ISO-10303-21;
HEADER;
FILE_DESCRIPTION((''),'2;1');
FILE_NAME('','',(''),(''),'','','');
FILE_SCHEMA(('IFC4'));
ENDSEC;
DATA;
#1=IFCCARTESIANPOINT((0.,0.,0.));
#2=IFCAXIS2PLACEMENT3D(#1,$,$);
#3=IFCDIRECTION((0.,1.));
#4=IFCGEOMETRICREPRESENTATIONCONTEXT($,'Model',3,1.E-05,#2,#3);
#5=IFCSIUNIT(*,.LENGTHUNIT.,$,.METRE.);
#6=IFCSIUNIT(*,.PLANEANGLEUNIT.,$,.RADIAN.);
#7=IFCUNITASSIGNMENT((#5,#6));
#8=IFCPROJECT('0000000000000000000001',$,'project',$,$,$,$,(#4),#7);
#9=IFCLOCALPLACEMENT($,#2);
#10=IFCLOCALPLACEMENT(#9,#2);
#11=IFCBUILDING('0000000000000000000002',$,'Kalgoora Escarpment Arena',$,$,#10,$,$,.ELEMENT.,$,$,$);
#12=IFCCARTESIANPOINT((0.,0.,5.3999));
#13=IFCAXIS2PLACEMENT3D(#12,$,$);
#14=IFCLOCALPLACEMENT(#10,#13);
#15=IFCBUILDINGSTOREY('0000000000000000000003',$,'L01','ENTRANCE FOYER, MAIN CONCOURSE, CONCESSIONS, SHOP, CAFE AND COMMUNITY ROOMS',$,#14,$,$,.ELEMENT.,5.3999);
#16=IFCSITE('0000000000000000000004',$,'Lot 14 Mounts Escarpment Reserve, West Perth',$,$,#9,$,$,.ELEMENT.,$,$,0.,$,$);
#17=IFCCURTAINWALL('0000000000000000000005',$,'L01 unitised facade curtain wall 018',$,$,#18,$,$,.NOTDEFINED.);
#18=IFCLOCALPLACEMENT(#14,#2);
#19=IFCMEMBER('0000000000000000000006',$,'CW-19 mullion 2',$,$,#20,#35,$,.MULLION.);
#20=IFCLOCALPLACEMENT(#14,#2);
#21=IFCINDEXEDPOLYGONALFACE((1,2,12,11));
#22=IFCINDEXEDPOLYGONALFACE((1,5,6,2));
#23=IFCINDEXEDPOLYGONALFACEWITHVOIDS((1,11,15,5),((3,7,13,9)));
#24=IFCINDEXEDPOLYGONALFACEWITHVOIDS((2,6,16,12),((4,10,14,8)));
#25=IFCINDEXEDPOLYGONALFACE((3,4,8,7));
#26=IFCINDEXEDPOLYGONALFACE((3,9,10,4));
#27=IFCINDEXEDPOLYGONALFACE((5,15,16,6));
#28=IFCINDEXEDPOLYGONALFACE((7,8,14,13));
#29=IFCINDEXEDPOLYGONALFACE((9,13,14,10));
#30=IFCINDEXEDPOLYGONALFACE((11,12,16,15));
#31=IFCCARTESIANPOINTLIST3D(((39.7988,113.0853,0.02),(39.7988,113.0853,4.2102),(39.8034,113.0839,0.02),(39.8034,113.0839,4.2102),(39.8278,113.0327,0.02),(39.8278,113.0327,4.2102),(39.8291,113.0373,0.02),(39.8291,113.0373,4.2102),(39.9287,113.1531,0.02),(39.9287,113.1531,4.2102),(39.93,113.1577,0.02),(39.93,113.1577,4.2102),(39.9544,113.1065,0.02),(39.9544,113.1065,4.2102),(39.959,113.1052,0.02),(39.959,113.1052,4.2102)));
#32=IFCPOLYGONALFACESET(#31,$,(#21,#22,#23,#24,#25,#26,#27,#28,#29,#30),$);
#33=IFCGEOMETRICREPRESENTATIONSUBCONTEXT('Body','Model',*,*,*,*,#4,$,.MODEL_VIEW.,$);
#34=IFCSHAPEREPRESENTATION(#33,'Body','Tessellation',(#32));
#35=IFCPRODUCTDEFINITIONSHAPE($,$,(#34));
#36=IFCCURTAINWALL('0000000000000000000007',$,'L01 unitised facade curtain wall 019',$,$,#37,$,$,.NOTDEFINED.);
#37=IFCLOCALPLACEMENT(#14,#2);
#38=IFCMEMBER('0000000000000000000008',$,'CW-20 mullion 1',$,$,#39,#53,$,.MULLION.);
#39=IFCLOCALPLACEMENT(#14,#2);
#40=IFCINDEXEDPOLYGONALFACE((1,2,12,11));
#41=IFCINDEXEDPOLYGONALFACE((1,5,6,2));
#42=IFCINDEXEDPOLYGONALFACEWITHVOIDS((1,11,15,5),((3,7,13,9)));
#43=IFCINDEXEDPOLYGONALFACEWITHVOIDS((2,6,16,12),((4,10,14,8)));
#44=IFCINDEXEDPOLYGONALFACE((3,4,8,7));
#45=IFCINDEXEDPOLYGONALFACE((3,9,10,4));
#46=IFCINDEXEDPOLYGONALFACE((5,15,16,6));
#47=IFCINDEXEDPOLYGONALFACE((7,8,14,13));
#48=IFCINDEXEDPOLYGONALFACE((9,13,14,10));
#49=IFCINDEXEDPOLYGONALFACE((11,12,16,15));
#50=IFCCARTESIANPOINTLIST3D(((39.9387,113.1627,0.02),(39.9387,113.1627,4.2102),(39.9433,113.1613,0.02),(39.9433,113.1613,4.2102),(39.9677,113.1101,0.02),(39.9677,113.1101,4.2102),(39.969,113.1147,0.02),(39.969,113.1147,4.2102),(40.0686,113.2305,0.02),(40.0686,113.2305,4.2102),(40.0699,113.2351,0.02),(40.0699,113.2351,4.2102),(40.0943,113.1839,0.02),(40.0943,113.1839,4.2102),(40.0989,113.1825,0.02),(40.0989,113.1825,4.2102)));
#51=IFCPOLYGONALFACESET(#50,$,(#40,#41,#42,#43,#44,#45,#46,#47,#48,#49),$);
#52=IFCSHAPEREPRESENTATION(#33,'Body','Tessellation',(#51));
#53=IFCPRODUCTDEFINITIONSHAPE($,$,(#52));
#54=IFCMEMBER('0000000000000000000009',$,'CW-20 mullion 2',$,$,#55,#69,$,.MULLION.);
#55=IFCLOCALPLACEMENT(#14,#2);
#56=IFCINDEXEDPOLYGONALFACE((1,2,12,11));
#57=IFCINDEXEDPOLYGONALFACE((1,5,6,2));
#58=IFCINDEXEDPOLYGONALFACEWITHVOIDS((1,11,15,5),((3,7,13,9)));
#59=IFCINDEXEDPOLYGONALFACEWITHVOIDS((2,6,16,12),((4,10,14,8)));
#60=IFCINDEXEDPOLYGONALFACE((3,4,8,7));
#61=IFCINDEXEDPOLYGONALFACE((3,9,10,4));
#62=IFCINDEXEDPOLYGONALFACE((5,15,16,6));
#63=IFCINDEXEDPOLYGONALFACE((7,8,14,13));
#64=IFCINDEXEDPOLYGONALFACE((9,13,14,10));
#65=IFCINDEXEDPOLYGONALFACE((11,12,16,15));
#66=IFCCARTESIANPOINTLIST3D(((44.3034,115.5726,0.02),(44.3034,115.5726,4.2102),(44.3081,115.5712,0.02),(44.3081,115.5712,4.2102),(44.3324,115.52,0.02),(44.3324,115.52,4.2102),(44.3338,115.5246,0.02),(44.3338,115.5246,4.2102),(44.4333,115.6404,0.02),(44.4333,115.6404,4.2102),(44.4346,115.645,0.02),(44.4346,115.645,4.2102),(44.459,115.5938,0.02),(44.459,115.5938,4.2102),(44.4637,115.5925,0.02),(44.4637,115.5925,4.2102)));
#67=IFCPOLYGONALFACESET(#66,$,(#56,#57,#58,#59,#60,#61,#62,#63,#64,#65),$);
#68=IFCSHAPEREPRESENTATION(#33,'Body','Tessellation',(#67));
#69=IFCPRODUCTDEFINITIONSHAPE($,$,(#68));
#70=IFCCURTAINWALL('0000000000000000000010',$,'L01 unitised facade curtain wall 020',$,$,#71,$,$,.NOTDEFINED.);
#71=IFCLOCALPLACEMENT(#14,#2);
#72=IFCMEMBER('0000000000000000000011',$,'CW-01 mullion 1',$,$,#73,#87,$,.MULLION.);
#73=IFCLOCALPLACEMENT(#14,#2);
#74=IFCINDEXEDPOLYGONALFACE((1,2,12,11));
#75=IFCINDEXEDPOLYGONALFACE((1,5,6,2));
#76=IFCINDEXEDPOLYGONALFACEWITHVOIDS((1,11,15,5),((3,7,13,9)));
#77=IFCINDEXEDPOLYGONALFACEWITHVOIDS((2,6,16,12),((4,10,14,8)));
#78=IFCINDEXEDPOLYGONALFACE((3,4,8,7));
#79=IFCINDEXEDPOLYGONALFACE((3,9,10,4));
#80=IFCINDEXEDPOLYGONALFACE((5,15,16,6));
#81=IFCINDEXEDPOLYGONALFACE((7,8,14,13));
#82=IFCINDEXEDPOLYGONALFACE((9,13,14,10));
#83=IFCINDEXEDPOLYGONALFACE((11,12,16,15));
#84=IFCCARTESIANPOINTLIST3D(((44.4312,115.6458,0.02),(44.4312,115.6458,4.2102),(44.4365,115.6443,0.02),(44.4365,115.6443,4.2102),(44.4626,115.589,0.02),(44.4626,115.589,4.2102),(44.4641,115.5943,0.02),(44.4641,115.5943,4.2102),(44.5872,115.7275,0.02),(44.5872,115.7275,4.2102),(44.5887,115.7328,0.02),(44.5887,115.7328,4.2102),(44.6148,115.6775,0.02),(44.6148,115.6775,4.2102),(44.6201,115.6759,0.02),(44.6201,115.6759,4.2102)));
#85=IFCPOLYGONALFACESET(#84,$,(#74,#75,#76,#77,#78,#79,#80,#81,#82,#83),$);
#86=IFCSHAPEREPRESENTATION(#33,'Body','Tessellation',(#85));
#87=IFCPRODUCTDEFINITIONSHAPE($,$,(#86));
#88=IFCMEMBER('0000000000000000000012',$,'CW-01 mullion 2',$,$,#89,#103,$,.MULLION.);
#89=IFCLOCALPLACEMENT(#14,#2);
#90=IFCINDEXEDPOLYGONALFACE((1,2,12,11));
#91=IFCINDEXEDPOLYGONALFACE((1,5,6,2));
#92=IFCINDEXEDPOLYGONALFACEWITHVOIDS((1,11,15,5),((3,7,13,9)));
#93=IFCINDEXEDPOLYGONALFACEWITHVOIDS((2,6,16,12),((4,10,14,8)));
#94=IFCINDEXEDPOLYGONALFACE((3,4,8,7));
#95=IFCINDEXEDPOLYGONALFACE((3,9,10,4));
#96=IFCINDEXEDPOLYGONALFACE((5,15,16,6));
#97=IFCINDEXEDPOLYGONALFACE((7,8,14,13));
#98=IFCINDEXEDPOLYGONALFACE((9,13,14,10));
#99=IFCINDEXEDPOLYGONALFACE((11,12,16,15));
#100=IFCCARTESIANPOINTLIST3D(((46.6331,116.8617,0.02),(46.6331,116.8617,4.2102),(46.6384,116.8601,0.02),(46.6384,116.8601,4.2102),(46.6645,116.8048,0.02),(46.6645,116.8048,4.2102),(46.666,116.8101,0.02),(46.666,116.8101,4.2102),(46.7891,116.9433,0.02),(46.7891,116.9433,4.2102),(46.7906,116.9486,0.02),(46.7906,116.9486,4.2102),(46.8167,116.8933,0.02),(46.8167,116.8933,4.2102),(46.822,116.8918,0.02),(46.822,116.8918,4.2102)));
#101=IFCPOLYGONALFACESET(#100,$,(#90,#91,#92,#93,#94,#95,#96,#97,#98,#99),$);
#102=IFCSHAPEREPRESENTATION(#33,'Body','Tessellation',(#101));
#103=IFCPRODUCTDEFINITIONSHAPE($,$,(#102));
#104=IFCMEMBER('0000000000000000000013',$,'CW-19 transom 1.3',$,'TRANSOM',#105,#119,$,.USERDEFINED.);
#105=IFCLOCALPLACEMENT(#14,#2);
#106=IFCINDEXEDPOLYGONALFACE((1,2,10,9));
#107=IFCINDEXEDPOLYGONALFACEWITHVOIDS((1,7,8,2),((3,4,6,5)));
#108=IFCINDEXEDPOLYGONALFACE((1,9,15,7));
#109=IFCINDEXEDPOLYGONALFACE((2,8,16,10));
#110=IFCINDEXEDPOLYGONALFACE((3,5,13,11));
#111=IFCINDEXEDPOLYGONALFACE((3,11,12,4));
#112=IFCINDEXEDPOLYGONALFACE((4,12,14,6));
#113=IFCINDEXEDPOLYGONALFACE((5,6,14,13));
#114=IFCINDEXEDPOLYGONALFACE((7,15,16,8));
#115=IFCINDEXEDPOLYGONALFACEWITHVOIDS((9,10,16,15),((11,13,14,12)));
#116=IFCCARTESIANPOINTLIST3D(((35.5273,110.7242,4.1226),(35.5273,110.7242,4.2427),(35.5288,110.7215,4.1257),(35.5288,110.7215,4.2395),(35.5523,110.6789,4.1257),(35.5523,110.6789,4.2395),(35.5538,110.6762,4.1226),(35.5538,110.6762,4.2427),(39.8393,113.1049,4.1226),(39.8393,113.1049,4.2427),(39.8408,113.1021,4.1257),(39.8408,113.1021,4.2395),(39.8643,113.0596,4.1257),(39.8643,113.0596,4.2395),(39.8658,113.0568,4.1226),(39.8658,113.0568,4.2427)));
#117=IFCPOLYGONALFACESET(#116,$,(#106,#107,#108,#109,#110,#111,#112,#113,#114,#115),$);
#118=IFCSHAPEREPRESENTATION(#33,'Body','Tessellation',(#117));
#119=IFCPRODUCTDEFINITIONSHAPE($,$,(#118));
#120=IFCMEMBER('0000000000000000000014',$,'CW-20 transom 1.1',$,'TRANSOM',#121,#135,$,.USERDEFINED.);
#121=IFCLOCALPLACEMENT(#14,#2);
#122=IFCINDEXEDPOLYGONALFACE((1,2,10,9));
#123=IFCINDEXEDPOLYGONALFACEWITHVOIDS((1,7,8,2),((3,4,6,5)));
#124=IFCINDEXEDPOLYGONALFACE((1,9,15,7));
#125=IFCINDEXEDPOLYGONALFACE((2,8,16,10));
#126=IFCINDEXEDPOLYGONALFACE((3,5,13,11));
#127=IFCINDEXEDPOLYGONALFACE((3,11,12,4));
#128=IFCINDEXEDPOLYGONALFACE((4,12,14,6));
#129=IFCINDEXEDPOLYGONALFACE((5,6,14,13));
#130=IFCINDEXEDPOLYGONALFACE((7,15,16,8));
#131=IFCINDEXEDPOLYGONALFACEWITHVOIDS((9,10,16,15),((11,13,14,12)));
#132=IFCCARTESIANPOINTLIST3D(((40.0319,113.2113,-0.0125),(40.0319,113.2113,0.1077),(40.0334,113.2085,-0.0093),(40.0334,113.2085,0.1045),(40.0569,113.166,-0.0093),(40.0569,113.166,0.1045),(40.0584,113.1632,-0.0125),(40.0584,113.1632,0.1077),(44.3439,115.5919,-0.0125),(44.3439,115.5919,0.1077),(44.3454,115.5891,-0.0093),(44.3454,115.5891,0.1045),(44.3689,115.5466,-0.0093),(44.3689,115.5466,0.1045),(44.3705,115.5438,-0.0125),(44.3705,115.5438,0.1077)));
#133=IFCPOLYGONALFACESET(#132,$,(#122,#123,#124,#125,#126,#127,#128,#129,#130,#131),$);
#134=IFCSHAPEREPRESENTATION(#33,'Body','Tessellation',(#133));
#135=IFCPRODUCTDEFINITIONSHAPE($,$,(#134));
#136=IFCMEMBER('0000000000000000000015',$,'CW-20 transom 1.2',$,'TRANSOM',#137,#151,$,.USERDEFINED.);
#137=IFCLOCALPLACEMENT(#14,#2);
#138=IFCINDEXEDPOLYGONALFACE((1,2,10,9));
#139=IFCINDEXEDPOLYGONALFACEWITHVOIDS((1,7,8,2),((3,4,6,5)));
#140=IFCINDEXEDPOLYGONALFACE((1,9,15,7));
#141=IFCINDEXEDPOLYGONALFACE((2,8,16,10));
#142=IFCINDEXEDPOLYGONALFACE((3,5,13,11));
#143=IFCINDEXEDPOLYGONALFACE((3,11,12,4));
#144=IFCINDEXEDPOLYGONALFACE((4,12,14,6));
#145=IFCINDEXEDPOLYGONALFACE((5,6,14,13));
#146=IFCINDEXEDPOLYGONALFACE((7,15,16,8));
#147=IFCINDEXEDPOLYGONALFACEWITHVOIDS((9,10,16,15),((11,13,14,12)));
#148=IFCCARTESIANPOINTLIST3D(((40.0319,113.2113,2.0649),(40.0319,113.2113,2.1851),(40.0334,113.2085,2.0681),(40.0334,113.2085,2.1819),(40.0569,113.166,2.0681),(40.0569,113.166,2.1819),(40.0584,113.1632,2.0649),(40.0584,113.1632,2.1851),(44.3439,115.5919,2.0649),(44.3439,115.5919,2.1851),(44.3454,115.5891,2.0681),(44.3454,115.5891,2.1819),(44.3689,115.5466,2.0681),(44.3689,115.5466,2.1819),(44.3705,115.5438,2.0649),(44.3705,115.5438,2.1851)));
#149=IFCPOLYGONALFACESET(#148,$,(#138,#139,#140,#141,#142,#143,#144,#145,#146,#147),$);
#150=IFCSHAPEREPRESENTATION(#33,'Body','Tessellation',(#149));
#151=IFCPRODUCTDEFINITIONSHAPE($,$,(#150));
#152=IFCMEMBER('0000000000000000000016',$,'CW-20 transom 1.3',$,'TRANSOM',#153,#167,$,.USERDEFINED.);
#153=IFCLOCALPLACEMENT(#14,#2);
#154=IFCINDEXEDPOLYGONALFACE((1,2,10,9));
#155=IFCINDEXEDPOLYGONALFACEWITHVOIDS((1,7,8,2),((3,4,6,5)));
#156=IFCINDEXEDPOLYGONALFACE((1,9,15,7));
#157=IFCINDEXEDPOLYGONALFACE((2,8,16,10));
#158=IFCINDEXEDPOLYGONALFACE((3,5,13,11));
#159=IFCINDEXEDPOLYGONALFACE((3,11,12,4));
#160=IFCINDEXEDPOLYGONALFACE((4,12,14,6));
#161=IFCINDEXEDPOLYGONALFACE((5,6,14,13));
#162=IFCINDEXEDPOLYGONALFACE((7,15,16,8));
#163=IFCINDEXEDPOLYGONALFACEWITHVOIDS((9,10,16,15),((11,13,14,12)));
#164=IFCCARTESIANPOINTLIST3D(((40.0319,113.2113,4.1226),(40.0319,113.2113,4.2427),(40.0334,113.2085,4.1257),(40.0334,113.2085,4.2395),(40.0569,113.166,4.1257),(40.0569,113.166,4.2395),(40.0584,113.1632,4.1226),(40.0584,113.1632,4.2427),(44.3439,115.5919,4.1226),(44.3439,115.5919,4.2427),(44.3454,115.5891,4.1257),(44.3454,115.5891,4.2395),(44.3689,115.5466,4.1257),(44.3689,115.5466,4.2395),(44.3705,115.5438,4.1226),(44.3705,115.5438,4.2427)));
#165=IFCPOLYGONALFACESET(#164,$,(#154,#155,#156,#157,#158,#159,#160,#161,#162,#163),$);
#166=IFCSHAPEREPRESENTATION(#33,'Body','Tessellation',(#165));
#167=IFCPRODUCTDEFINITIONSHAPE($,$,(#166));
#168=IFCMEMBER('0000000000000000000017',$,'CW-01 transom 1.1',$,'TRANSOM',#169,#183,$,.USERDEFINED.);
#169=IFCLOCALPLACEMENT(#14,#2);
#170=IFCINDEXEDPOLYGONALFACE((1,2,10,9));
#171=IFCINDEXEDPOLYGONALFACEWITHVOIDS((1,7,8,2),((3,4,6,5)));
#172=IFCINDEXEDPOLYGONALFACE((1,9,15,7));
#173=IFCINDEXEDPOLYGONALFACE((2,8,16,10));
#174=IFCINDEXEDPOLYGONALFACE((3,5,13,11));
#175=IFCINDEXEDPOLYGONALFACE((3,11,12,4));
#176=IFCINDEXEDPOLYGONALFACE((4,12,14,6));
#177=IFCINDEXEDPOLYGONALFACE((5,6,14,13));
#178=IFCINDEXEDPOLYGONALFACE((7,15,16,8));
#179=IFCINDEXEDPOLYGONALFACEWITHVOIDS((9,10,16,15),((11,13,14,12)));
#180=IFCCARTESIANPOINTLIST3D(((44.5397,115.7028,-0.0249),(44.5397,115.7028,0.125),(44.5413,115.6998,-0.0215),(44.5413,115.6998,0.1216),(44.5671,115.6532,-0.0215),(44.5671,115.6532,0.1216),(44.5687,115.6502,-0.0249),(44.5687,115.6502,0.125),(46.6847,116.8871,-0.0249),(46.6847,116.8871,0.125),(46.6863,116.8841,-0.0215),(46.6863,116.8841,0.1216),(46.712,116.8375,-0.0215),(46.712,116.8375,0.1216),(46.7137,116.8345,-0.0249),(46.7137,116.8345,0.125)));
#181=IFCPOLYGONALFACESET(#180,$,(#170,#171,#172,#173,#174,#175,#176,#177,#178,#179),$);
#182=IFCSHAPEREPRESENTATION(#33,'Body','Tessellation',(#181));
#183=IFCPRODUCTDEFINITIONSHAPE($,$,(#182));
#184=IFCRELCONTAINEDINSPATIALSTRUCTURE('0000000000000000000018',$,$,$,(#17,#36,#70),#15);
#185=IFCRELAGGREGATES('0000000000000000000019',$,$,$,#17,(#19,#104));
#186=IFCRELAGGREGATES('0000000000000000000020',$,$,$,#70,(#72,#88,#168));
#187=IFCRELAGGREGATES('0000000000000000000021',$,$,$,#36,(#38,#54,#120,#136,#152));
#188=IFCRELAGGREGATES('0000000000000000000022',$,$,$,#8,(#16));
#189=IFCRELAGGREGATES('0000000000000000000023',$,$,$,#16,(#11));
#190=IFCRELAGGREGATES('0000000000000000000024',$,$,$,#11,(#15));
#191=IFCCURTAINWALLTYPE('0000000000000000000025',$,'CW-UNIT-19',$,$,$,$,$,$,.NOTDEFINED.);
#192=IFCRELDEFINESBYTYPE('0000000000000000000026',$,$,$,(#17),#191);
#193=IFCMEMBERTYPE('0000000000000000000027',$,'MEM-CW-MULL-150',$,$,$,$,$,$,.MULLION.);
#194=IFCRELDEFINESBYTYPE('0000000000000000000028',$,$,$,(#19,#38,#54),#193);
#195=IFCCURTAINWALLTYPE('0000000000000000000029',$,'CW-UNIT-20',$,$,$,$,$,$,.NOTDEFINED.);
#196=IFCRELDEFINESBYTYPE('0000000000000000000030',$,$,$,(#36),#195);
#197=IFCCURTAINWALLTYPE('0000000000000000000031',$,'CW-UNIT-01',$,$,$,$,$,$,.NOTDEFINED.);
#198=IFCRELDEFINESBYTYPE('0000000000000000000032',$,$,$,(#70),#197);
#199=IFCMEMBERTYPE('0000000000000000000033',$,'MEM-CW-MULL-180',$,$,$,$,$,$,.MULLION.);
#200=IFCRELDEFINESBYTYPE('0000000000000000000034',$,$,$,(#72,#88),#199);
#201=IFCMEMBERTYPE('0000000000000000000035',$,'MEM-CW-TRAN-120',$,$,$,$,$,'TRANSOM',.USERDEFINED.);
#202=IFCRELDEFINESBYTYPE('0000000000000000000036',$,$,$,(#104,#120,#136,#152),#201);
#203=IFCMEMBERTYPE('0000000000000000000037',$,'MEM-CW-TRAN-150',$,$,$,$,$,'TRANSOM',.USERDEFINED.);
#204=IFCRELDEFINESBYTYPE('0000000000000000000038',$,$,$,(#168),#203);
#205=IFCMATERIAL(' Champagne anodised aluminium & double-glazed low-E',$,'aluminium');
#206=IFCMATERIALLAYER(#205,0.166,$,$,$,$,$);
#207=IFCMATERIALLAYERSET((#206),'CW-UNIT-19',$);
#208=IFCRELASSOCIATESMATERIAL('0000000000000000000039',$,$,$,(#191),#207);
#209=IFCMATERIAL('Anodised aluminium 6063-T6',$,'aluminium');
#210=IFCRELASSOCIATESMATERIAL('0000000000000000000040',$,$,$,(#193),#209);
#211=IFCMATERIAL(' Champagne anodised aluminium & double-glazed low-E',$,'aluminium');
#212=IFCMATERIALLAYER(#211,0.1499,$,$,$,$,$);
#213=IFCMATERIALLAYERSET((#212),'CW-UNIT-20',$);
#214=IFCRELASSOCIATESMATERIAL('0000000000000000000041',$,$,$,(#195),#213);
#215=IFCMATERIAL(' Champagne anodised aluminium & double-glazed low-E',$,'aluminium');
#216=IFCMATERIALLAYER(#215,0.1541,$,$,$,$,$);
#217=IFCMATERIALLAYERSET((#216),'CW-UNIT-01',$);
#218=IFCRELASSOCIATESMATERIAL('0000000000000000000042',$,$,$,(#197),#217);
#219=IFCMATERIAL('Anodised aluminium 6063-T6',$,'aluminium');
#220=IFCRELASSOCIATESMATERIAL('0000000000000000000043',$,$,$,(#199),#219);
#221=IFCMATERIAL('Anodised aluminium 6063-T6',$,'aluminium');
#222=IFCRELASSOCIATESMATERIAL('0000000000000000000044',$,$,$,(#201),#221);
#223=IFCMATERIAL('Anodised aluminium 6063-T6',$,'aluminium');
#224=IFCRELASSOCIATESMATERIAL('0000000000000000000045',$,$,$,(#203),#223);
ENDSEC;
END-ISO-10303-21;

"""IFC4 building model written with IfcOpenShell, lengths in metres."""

from ifc_helpers import new_model, si_unit, direction, frame, origin, origin_2d, place, context, subcontext, project, spatial, hollow_rectangle, extrude, material, layer, layer_set, material_profile, profile_set, type_object, element, aggregate, save


model = new_model("IFC4")

# Units and contexts
model_context = context("Model", 3, precision=1e-05, world=origin(), true_north=direction((0.0, 1.0)))
body_context = subcontext(model_context, "Body", "Model", "MODEL_VIEW")
ifc_project = project(units=[si_unit("LENGTHUNIT", "METRE"), si_unit("PLANEANGLEUNIT", "RADIAN")], contexts=[model_context])

# Site, building, storey
site_placement = place(None, origin())
site = spatial("IfcSite", under=ifc_project, at=site_placement, Name="Lot 14 Mounts Escarpment Reserve, West Perth", CompositionType="ELEMENT", RefElevation=0.0)
building_placement = place(site_placement, origin())
building = spatial("IfcBuilding", under=site, at=building_placement, Name="Kalgoora Escarpment Arena", CompositionType="ELEMENT")
storey_placement = place(building_placement, frame((0.0, 0.0, 5.3999)))
storey = spatial("IfcBuildingStorey", under=building, at=storey_placement, Name="L01", Description="ENTRANCE FOYER, MAIN CONCOURSE, CONCESSIONS, SHOP, CAFE AND COMMUNITY ROOMS", CompositionType="ELEMENT", Elevation=5.3999)

# Curtain wall, member
ifc_material_1 = material(Name=" Champagne anodised aluminium & double-glazed low-E", Category="aluminium")
ifc_layer_1 = layer(ifc_material_1, 0.166)
ifc_layer_set_1 = layer_set([ifc_layer_1], Name="CW-UNIT-19")
curtain_wall_type_1 = type_object("IfcCurtainWallType", Name="CW-UNIT-19", PredefinedType="NOTDEFINED", material=ifc_layer_set_1)
curtain_wall_1_placement = place(storey_placement, origin())
curtain_wall_1 = element("IfcCurtainWall", 1, at=curtain_wall_1_placement, inside=storey, type_object=curtain_wall_type_1, Name="L01 unitised facade curtain wall 018", PredefinedType="NOTDEFINED")
ifc_material_2 = material(Name="Anodised aluminium 6063-T6", Category="aluminium")
ifc_material_profile_1 = material_profile(ifc_material_2, hollow_rectangle(XDim=0.0601, YDim=0.1499, WallThickness=0.0034, at=origin_2d()))
ifc_profile_set_1 = profile_set([ifc_material_profile_1], Name="Anodised aluminium 6063-T6")
member_type_1 = type_object("IfcMemberType", Name="MEM-CW-MULL-150", PredefinedType="MULLION", material=ifc_profile_set_1)
member_1_placement = place(storey_placement, frame((39.8789, 113.0952, 0.02), z_axis=(0.0, 0.0, 1.0), x_axis=(-0.483332, 0.875437, 0.0)))
member_1 = element("IfcMember", 2, at=member_1_placement, type_object=member_type_1, Name="CW-19 mullion 2", PredefinedType="MULLION", context=body_context, shape_type="SweptSolid", body=[
    extrude(hollow_rectangle(XDim=0.0601, YDim=0.1499, WallThickness=0.0034, at=origin_2d()), origin(), (0.0, 0.0, 1.0), 4.1902),
])

# Curtain walls, members
ifc_material_3 = material(Name=" Champagne anodised aluminium & double-glazed low-E", Category="aluminium")
ifc_layer_2 = layer(ifc_material_3, 0.1499)
ifc_layer_set_2 = layer_set([ifc_layer_2], Name="CW-UNIT-20")
curtain_wall_type_2 = type_object("IfcCurtainWallType", Name="CW-UNIT-20", PredefinedType="NOTDEFINED", material=ifc_layer_set_2)
curtain_wall_2_placement = place(storey_placement, origin())
curtain_wall_2 = element("IfcCurtainWall", 3, at=curtain_wall_2_placement, inside=storey, type_object=curtain_wall_type_2, Name="L01 unitised facade curtain wall 019", PredefinedType="NOTDEFINED")
member_2_placement = place(storey_placement, frame((40.0188, 113.1726, 0.02), z_axis=(0.0, 0.0, 1.0), x_axis=(-0.483332, 0.875437, 0.0)))
member_2 = element("IfcMember", 4, at=member_2_placement, type_object=member_type_1, Name="CW-20 mullion 1", PredefinedType="MULLION", context=body_context, shape_type="SweptSolid", body=[
    extrude(hollow_rectangle(XDim=0.0601, YDim=0.1499, WallThickness=0.0034, at=origin_2d()), origin(), (0.0, 0.0, 1.0), 4.1902),
])
member_3_placement = place(storey_placement, frame((44.3835, 115.5825, 0.02), z_axis=(0.0, 0.0, 1.0), x_axis=(-0.483332, 0.875437, 0.0)))
member_3 = element("IfcMember", 5, at=member_3_placement, type_object=member_type_1, Name="CW-20 mullion 2", PredefinedType="MULLION", context=body_context, shape_type="SweptSolid", body=[
    extrude(hollow_rectangle(XDim=0.0601, YDim=0.1499, WallThickness=0.0034, at=origin_2d()), origin(), (0.0, 0.0, 1.0), 4.1902),
])
ifc_material_4 = material(Name=" Champagne anodised aluminium & double-glazed low-E", Category="aluminium")
ifc_layer_3 = layer(ifc_material_4, 0.1541)
ifc_layer_set_3 = layer_set([ifc_layer_3], Name="CW-UNIT-01")
curtain_wall_type_3 = type_object("IfcCurtainWallType", Name="CW-UNIT-01", PredefinedType="NOTDEFINED", material=ifc_layer_set_3)
curtain_wall_3_placement = place(storey_placement, origin())
curtain_wall_3 = element("IfcCurtainWall", 6, at=curtain_wall_3_placement, inside=storey, type_object=curtain_wall_type_3, Name="L01 unitised facade curtain wall 020", PredefinedType="NOTDEFINED")
ifc_material_5 = material(Name="Anodised aluminium 6063-T6", Category="aluminium")
ifc_material_profile_2 = material_profile(ifc_material_5, hollow_rectangle(XDim=0.0649, YDim=0.1799, WallThickness=0.0039, at=origin_2d()))
ifc_profile_set_2 = profile_set([ifc_material_profile_2], Name="Anodised aluminium 6063-T6")
member_type_2 = type_object("IfcMemberType", Name="MEM-CW-MULL-180", PredefinedType="MULLION", material=ifc_profile_set_2)
member_4_placement = place(storey_placement, frame((44.5256, 115.6609, 0.02), z_axis=(0.0, 0.0, 1.0), x_axis=(-0.483343, 0.875431, 0.0)))
member_4 = element("IfcMember", 7, at=member_4_placement, type_object=member_type_2, Name="CW-01 mullion 1", PredefinedType="MULLION", context=body_context, shape_type="SweptSolid", body=[
    extrude(hollow_rectangle(XDim=0.0649, YDim=0.1799, WallThickness=0.0039, at=origin_2d()), origin(), (0.0, 0.0, 1.0), 4.1902),
])
member_5_placement = place(storey_placement, frame((46.7275, 116.8767, 0.02), z_axis=(0.0, 0.0, 1.0), x_axis=(-0.483343, 0.875431, 0.0)))
member_5 = element("IfcMember", 8, at=member_5_placement, type_object=member_type_2, Name="CW-01 mullion 2", PredefinedType="MULLION", context=body_context, shape_type="SweptSolid", body=[
    extrude(hollow_rectangle(XDim=0.0649, YDim=0.1799, WallThickness=0.0039, at=origin_2d()), origin(), (0.0, 0.0, 1.0), 4.1902),
])

# Members
ifc_material_6 = material(Name="Anodised aluminium 6063-T6", Category="aluminium")
ifc_material_profile_3 = material_profile(ifc_material_6, hollow_rectangle(XDim=0.0549, YDim=0.1201, WallThickness=0.0032, at=origin_2d()))
ifc_profile_set_3 = profile_set([ifc_material_profile_3], Name="Anodised aluminium 6063-T6")
member_type_3 = type_object("IfcMemberType", Name="MEM-CW-TRAN-120", ElementType="TRANSOM", PredefinedType="USERDEFINED", material=ifc_profile_set_3)
member_6_placement = place(storey_placement, frame((35.5405, 110.7002, 4.1826), z_axis=(0.875442, 0.483322, 0.0), x_axis=(-0.483322, 0.875442, 0.0)))
member_6 = element("IfcMember", 9, at=member_6_placement, type_object=member_type_3, Name="CW-19 transom 1.3", ObjectType="TRANSOM", PredefinedType="USERDEFINED", context=body_context, shape_type="SweptSolid", body=[
    extrude(hollow_rectangle(XDim=0.0549, YDim=0.1201, WallThickness=0.0032, at=origin_2d()), origin(), (0.0, 0.0, 1.0), 4.9255),
])
member_7_placement = place(storey_placement, frame((40.0452, 113.1873, 0.0476), z_axis=(0.875442, 0.483322, 0.0), x_axis=(-0.483322, 0.875442, 0.0)))
member_7 = element("IfcMember", 10, at=member_7_placement, type_object=member_type_3, Name="CW-20 transom 1.1", ObjectType="TRANSOM", PredefinedType="USERDEFINED", context=body_context, shape_type="SweptSolid", body=[
    extrude(hollow_rectangle(XDim=0.0549, YDim=0.1201, WallThickness=0.0032, at=origin_2d()), origin(), (0.0, 0.0, 1.0), 4.9255),
])
member_8_placement = place(storey_placement, frame((40.0452, 113.1873, 2.125), z_axis=(0.875442, 0.483322, 0.0), x_axis=(-0.483322, 0.875442, 0.0)))
member_8 = element("IfcMember", 11, at=member_8_placement, type_object=member_type_3, Name="CW-20 transom 1.2", ObjectType="TRANSOM", PredefinedType="USERDEFINED", context=body_context, shape_type="SweptSolid", body=[
    extrude(hollow_rectangle(XDim=0.0549, YDim=0.1201, WallThickness=0.0032, at=origin_2d()), origin(), (0.0, 0.0, 1.0), 4.9255),
])
member_9_placement = place(storey_placement, frame((40.0452, 113.1873, 4.1826), z_axis=(0.875442, 0.483322, 0.0), x_axis=(-0.483322, 0.875442, 0.0)))
member_9 = element("IfcMember", 12, at=member_9_placement, type_object=member_type_3, Name="CW-20 transom 1.3", ObjectType="TRANSOM", PredefinedType="USERDEFINED", context=body_context, shape_type="SweptSolid", body=[
    extrude(hollow_rectangle(XDim=0.0549, YDim=0.1201, WallThickness=0.0032, at=origin_2d()), origin(), (0.0, 0.0, 1.0), 4.9255),
])
ifc_material_7 = material(Name="Anodised aluminium 6063-T6", Category="aluminium")
ifc_material_profile_4 = material_profile(ifc_material_7, hollow_rectangle(XDim=0.0601, YDim=0.1499, WallThickness=0.0034, at=origin_2d()))
ifc_profile_set_4 = profile_set([ifc_material_profile_4], Name="Anodised aluminium 6063-T6")
member_type_4 = type_object("IfcMemberType", Name="MEM-CW-TRAN-150", ElementType="TRANSOM", PredefinedType="USERDEFINED", material=ifc_profile_set_4)
member_10_placement = place(storey_placement, frame((44.5542, 115.6765, 0.05), z_axis=(0.875428, 0.483349, 0.0), x_axis=(-0.483349, 0.875428, 0.0)))
member_10 = element("IfcMember", 13, at=member_10_placement, type_object=member_type_4, Name="CW-01 transom 1.1", ObjectType="TRANSOM", PredefinedType="USERDEFINED", context=body_context, shape_type="SweptSolid", body=[
    extrude(hollow_rectangle(XDim=0.0601, YDim=0.1499, WallThickness=0.0034, at=origin_2d()), origin(), (0.0, 0.0, 1.0), 2.4502),
])

aggregate(curtain_wall_1, [member_1, member_6])
aggregate(curtain_wall_3, [member_4, member_5, member_10])
aggregate(curtain_wall_2, [member_2, member_3, member_7, member_8, member_9])

save(model, "model.ifc")
